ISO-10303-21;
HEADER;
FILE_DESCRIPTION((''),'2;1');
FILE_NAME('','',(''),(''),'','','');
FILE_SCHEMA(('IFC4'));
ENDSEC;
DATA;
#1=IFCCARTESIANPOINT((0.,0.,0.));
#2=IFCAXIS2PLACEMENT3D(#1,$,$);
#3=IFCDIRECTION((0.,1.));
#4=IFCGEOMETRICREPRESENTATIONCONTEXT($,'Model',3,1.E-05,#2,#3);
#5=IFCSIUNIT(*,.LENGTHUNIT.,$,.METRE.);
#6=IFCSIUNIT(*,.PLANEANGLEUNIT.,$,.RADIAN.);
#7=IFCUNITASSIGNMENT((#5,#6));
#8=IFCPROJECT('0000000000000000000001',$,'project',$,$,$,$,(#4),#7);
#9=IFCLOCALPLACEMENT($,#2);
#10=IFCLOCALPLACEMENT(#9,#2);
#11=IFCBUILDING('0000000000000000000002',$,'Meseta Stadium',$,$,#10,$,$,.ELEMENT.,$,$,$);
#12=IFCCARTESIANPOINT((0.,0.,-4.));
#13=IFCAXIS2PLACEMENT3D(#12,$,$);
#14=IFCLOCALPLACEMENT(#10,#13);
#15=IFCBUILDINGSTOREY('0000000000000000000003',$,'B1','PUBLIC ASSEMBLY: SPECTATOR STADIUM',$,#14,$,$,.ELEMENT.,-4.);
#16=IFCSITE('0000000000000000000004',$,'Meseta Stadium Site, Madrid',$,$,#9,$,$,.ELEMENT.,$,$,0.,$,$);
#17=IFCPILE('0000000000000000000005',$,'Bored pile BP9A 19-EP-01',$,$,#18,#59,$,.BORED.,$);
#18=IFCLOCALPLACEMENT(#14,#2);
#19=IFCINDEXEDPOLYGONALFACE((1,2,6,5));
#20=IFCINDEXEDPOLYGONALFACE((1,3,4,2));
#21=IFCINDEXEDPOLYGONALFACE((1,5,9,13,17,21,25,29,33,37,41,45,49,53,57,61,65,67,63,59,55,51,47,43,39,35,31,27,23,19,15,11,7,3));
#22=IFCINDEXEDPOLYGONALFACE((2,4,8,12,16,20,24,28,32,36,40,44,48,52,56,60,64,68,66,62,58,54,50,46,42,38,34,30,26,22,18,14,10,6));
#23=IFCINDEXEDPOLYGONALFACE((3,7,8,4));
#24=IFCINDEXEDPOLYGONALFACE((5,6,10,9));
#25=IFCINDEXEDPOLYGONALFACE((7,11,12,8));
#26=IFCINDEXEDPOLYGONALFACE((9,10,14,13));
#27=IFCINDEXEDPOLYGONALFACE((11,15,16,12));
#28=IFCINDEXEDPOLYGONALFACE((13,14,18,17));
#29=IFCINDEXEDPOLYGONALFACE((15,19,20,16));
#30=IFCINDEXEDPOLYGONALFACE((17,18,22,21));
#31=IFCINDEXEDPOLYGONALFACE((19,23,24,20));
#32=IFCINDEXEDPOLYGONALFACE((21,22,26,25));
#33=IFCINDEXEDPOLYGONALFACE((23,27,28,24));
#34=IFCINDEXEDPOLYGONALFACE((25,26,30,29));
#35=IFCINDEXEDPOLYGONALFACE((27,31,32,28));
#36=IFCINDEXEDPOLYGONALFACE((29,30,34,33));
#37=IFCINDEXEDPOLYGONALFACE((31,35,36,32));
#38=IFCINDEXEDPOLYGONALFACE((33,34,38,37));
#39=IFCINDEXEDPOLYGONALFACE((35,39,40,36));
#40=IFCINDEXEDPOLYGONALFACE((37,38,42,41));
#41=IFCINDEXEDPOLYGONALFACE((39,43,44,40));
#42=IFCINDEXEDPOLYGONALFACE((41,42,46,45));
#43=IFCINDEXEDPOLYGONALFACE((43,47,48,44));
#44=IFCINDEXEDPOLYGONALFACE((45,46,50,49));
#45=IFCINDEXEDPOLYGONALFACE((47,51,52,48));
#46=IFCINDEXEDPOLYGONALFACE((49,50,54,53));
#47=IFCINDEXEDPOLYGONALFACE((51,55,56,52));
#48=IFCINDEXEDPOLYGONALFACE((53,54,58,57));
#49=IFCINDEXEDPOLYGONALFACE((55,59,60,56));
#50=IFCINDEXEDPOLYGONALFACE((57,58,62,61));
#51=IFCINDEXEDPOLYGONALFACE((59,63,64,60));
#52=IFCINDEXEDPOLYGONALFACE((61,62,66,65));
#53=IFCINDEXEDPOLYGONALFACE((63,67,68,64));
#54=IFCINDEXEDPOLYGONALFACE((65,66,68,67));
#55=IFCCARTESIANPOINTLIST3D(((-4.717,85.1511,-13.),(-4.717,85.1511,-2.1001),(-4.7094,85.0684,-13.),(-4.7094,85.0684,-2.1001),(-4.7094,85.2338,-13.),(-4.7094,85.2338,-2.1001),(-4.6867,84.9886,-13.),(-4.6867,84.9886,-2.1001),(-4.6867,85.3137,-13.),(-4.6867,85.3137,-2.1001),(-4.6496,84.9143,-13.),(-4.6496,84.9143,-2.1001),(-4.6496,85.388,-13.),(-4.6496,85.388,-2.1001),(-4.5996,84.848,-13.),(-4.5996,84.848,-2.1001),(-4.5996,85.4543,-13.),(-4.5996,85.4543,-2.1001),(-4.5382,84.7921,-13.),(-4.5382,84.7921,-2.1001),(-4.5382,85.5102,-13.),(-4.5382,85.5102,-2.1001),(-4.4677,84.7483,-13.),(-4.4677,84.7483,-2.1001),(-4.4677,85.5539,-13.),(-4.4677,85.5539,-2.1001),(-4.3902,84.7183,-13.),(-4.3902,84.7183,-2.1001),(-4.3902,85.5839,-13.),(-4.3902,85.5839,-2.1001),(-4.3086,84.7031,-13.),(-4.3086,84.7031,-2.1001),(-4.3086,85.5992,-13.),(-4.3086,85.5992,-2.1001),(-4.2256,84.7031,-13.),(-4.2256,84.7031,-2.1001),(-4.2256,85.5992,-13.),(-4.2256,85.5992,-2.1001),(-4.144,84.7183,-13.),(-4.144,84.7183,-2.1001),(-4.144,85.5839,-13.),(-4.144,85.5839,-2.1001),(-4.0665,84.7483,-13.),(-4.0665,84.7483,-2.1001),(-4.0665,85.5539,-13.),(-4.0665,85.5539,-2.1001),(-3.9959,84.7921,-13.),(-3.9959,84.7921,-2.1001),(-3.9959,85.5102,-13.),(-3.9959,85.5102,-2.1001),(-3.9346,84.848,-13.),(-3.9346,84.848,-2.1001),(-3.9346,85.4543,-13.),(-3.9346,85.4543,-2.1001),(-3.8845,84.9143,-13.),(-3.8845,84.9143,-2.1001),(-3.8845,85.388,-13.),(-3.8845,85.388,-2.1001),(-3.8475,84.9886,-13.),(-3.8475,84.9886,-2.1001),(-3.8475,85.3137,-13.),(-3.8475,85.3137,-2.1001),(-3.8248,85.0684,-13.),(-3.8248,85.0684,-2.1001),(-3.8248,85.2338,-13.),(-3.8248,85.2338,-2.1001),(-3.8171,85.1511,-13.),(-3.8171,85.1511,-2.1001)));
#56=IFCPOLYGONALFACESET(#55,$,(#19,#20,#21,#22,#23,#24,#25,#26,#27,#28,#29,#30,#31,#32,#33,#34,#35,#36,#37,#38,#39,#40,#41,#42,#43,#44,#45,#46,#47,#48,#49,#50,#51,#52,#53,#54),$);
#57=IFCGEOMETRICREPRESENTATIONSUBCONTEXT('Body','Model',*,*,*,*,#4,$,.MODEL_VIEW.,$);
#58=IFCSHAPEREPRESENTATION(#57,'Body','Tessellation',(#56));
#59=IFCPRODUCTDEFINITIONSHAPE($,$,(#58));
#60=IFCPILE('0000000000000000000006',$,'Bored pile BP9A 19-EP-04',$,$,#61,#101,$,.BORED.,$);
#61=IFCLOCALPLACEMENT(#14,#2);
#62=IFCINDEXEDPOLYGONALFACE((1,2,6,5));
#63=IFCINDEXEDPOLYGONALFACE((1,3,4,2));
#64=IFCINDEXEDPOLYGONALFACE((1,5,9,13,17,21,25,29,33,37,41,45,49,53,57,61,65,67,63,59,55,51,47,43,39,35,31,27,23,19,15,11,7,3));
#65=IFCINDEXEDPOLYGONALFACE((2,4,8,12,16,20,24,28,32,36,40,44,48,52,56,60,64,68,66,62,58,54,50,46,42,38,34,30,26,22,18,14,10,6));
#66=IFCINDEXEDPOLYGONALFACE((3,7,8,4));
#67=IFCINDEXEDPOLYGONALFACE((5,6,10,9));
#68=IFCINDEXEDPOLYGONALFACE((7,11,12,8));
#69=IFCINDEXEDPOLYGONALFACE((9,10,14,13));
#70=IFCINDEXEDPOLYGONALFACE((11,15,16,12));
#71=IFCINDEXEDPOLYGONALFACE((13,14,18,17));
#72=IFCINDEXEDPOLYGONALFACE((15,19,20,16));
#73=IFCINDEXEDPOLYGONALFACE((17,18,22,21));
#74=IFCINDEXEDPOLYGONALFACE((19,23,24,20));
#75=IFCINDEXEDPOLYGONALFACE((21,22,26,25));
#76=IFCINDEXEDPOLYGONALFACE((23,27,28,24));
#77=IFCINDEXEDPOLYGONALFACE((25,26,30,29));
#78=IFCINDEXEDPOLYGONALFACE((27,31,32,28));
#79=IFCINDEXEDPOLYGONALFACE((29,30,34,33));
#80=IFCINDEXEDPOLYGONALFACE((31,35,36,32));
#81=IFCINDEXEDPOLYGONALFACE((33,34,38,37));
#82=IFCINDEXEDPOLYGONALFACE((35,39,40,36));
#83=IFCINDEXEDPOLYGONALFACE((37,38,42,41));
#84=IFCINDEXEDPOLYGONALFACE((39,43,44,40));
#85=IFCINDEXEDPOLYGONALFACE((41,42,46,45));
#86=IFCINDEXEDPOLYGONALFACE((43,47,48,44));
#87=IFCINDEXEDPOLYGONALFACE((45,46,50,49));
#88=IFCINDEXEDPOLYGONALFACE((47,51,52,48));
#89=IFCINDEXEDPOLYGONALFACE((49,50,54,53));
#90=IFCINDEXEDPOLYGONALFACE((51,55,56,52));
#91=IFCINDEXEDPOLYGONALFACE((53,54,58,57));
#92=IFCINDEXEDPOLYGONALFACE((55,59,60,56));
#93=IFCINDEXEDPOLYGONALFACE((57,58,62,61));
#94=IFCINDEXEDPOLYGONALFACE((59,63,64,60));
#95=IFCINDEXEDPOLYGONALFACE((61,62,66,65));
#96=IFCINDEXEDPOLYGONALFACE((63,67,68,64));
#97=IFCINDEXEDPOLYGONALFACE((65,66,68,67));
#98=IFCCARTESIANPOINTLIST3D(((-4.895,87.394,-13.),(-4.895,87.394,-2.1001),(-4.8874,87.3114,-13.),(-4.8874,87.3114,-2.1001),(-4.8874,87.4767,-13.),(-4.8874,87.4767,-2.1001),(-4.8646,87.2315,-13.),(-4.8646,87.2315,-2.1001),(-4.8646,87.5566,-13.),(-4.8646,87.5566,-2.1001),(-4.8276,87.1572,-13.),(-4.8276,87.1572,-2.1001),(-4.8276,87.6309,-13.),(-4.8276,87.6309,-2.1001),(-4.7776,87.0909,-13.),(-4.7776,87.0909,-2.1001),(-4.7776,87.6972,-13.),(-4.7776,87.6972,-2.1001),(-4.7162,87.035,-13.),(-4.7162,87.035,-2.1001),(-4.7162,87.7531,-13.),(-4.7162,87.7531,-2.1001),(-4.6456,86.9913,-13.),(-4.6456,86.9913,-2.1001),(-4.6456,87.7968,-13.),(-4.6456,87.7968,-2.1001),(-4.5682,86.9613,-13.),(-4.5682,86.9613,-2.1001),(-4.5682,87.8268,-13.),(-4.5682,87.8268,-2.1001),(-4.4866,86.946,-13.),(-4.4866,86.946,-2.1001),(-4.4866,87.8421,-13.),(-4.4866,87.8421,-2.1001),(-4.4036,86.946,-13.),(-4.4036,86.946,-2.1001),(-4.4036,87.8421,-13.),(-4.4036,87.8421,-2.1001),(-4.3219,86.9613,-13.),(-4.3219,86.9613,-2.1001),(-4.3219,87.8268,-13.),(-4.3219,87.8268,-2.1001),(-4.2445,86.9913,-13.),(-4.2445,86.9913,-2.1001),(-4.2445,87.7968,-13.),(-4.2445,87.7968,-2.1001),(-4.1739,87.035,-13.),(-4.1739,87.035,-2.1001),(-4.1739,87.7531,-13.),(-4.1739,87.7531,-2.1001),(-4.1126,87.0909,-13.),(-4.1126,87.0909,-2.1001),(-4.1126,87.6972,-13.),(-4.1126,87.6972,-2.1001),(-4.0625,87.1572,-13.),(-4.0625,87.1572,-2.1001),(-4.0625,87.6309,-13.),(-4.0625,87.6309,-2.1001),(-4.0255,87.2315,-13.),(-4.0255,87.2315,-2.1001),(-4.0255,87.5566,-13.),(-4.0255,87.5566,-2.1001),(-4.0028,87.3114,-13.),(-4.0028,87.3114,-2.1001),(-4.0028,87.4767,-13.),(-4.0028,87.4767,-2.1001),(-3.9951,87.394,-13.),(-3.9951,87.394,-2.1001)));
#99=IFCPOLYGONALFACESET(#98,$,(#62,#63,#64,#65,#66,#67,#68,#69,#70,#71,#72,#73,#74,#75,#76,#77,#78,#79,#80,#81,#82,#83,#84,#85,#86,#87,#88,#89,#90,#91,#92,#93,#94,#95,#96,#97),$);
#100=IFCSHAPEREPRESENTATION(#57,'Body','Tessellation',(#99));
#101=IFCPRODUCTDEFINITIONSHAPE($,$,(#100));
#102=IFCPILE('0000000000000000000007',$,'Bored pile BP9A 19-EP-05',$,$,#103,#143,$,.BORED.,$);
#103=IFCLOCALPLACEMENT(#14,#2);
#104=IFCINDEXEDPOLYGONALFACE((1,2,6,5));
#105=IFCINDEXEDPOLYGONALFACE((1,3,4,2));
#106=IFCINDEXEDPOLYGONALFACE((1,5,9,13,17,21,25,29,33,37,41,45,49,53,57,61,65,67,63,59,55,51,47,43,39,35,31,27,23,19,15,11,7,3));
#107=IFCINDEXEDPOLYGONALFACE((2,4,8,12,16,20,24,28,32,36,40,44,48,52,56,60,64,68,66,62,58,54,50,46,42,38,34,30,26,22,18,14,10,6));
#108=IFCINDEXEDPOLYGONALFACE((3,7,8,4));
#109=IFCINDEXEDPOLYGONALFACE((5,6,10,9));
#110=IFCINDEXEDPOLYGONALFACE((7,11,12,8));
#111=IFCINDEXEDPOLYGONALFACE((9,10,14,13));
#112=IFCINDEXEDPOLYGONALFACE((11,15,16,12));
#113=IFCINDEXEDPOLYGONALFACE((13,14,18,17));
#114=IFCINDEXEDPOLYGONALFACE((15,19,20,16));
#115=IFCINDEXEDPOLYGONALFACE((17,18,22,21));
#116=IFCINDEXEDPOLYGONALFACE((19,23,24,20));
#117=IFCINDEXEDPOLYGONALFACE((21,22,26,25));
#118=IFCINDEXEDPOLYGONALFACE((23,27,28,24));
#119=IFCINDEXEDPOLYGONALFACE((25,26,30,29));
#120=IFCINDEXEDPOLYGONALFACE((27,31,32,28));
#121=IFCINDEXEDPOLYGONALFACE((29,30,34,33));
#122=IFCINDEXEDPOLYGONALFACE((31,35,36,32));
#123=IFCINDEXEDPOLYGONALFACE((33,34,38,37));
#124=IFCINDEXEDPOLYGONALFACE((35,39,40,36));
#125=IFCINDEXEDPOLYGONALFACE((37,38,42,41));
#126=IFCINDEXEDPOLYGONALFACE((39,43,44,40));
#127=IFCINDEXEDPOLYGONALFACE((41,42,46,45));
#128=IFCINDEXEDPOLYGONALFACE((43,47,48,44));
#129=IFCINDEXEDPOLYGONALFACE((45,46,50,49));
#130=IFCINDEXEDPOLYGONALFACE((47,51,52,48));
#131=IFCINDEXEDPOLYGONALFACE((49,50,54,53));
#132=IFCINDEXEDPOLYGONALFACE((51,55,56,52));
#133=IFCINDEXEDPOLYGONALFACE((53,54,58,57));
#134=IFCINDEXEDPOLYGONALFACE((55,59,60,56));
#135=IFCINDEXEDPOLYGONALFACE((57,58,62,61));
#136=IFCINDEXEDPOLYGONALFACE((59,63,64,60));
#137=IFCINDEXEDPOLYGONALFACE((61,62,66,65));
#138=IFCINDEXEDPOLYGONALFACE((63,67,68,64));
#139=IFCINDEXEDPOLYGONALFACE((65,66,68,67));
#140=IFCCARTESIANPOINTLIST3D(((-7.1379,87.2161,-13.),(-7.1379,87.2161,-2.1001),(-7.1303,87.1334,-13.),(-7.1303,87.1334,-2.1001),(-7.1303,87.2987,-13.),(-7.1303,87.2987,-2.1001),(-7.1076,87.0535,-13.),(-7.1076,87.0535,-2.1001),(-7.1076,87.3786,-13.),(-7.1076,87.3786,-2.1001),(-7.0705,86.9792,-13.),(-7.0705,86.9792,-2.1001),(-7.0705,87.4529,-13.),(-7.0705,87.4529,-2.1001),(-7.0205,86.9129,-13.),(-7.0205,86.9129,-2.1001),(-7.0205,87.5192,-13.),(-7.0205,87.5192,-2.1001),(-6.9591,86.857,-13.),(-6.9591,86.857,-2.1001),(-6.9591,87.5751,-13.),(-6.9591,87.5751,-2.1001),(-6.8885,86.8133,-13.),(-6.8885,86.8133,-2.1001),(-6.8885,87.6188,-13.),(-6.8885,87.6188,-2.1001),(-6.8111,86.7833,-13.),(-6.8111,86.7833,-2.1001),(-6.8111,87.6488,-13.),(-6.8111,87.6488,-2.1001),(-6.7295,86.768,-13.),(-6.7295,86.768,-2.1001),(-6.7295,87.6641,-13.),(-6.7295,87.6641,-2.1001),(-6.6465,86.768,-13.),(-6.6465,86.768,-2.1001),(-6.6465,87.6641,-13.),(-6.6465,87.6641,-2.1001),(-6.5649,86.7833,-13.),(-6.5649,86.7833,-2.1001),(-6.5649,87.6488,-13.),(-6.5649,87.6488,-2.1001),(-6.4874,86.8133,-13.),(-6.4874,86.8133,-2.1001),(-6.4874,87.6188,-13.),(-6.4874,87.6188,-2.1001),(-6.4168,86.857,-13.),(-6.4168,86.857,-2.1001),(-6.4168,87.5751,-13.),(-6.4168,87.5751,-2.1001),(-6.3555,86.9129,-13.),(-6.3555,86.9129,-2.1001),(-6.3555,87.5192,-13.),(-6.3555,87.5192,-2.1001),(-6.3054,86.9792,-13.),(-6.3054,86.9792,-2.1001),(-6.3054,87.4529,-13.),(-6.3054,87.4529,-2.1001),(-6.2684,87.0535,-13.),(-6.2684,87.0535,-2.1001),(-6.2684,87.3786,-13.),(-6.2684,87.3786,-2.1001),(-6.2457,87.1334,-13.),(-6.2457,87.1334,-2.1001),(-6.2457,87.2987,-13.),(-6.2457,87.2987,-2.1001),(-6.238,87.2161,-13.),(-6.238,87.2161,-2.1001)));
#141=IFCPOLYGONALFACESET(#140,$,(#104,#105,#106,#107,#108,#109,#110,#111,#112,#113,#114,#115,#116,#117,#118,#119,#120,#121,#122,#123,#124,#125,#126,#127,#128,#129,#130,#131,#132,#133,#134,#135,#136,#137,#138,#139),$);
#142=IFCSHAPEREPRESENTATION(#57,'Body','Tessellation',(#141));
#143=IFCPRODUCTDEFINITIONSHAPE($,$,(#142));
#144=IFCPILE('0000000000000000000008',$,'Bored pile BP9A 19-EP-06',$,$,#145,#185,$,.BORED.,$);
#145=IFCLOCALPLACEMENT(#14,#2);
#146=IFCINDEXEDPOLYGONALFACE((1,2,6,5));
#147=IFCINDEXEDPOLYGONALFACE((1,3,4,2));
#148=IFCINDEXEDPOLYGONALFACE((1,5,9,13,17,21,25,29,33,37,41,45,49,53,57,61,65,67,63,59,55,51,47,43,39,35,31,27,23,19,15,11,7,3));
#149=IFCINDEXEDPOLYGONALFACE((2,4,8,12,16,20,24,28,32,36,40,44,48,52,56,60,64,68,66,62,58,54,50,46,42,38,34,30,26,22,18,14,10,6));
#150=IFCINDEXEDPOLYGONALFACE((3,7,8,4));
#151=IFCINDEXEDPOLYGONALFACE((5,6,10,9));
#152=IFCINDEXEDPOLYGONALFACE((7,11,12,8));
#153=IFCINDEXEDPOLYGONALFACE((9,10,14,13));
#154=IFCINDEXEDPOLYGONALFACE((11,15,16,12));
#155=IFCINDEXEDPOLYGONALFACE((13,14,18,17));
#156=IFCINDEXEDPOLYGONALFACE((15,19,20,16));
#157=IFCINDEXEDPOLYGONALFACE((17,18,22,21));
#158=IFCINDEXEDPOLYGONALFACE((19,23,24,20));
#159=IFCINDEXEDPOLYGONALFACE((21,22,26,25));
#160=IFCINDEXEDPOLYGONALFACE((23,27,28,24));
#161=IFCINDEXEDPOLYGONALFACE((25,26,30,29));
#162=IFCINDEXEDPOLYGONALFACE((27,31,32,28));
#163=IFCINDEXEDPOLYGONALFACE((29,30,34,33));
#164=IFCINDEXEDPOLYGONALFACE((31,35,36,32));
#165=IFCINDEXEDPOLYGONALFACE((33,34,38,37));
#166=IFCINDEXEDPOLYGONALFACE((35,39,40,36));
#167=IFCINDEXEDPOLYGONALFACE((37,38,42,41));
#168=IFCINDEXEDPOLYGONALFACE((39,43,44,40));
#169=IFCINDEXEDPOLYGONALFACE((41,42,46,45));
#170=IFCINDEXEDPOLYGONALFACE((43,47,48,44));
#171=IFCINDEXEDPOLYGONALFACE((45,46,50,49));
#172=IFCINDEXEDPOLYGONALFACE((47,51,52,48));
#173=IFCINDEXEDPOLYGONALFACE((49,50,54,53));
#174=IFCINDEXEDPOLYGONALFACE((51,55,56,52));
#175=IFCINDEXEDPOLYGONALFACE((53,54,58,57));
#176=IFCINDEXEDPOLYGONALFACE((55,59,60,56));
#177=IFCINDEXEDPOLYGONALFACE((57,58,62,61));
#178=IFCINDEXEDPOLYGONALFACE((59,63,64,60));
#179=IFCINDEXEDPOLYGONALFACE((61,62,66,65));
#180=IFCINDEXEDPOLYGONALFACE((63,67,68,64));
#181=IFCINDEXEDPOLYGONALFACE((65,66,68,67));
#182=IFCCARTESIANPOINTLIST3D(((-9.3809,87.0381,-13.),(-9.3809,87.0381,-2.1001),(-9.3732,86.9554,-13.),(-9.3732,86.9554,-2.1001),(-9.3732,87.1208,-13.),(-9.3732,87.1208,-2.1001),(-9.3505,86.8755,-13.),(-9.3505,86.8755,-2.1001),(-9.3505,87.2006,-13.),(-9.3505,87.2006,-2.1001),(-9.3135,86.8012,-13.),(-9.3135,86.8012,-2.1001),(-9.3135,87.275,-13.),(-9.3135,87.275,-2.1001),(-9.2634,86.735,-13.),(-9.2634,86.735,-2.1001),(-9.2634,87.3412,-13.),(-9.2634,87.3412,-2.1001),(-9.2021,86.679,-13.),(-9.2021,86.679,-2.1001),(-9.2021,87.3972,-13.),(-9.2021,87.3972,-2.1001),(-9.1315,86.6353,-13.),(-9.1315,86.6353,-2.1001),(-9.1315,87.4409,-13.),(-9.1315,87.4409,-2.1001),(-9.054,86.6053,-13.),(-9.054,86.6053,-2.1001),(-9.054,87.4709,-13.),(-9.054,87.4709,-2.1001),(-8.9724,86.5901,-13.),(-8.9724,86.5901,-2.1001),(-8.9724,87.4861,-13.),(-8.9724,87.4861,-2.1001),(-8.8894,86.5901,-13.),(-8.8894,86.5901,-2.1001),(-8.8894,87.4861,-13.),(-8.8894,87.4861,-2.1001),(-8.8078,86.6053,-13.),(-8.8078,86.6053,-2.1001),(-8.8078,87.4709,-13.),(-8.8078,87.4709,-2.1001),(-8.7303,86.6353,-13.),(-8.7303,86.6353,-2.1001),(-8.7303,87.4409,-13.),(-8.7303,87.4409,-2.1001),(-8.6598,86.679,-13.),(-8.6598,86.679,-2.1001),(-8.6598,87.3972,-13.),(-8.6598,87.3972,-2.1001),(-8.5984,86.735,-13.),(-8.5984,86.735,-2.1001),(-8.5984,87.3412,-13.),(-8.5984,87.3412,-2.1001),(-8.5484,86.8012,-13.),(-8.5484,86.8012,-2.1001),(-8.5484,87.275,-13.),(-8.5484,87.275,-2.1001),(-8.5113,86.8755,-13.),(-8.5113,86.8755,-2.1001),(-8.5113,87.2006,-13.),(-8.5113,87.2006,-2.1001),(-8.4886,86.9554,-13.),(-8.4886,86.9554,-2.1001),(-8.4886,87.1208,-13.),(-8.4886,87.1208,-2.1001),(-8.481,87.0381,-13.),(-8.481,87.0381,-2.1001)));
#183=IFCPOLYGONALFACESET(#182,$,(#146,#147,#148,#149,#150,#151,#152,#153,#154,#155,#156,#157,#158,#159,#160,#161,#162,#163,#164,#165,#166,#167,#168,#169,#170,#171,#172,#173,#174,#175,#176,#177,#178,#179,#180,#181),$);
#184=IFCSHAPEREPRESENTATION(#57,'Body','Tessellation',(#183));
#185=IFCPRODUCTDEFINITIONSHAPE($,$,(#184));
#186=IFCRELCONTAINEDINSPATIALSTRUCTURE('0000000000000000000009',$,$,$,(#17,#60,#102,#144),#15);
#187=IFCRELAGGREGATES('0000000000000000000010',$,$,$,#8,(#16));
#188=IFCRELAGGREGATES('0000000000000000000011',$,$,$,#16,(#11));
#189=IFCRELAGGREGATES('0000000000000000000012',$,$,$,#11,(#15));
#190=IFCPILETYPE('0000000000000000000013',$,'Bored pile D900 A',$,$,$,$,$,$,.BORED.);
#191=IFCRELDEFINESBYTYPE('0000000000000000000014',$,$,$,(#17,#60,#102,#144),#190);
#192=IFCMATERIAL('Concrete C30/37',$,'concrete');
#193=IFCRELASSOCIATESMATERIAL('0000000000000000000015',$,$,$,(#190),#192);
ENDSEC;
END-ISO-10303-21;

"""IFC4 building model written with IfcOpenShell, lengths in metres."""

from ifc_helpers import new_model, si_unit, direction, frame, origin, origin_2d, place, context, subcontext, project, spatial, circle, extrude, material, material_profile, profile_set, type_object, element, save


model = new_model("IFC4")

# Units and contexts
model_context = context("Model", 3, precision=1e-05, world=origin(), true_north=direction((0.0, 1.0)))
body_context = subcontext(model_context, "Body", "Model", "MODEL_VIEW")
ifc_project = project(units=[si_unit("LENGTHUNIT", "METRE"), si_unit("PLANEANGLEUNIT", "RADIAN")], contexts=[model_context])

# Site, building, storey
site_placement = place(None, origin())
site = spatial("IfcSite", under=ifc_project, at=site_placement, Name="Meseta Stadium Site, Madrid", CompositionType="ELEMENT", RefElevation=0.0)
building_placement = place(site_placement, origin())
building = spatial("IfcBuilding", under=site, at=building_placement, Name="Meseta Stadium", CompositionType="ELEMENT")
storey_placement = place(building_placement, frame((0.0, 0.0, -4.0)))
storey = spatial("IfcBuildingStorey", under=building, at=storey_placement, Name="B1", Description="PUBLIC ASSEMBLY: SPECTATOR STADIUM", CompositionType="ELEMENT", Elevation=-4.0)

# Piles
ifc_material_1 = material(Name="Concrete C30/37", Category="concrete")
ifc_material_profile_1 = material_profile(ifc_material_1, circle(Radius=0.45, at=origin_2d()), Name="D900")
ifc_profile_set_1 = profile_set([ifc_material_profile_1], Name="Concrete C30/37")
pile_type = type_object("IfcPileType", Name="Bored pile D900 A", PredefinedType="BORED", material=ifc_profile_set_1)
for number, where, z_axis, x_axis, name in (
    (1, (-4.2671, 85.1511, -2.1001), (0.0, 0.0, -1.0), (1.0, 0.0, 0.0), "Bored pile BP9A 19-EP-01"),
    (2, (-4.4451, 87.394, -2.1001), (0.0, 0.0, -1.0), (1.0, 0.0, 0.0), "Bored pile BP9A 19-EP-04"),
    (3, (-6.688, 87.2161, -2.1001), (0.0, 0.0, -1.0), (1.0, 0.0, 0.0), "Bored pile BP9A 19-EP-05"),
    (4, (-8.9309, 87.0381, -2.1001), (0.0, 0.0, -1.0), (1.0, 0.0, 0.0), "Bored pile BP9A 19-EP-06"),
):
    element("IfcPile", number, at=place(storey_placement, frame(where, z_axis=z_axis, x_axis=x_axis)), inside=storey, type_object=pile_type, Name=name, PredefinedType="BORED", context=body_context, shape_type="SweptSolid", body=[
        extrude(circle(Radius=0.45, at=origin_2d()), origin(), (0.0, 0.0, 1.0), 10.8999),
    ])

save(model, "model.ifc")
